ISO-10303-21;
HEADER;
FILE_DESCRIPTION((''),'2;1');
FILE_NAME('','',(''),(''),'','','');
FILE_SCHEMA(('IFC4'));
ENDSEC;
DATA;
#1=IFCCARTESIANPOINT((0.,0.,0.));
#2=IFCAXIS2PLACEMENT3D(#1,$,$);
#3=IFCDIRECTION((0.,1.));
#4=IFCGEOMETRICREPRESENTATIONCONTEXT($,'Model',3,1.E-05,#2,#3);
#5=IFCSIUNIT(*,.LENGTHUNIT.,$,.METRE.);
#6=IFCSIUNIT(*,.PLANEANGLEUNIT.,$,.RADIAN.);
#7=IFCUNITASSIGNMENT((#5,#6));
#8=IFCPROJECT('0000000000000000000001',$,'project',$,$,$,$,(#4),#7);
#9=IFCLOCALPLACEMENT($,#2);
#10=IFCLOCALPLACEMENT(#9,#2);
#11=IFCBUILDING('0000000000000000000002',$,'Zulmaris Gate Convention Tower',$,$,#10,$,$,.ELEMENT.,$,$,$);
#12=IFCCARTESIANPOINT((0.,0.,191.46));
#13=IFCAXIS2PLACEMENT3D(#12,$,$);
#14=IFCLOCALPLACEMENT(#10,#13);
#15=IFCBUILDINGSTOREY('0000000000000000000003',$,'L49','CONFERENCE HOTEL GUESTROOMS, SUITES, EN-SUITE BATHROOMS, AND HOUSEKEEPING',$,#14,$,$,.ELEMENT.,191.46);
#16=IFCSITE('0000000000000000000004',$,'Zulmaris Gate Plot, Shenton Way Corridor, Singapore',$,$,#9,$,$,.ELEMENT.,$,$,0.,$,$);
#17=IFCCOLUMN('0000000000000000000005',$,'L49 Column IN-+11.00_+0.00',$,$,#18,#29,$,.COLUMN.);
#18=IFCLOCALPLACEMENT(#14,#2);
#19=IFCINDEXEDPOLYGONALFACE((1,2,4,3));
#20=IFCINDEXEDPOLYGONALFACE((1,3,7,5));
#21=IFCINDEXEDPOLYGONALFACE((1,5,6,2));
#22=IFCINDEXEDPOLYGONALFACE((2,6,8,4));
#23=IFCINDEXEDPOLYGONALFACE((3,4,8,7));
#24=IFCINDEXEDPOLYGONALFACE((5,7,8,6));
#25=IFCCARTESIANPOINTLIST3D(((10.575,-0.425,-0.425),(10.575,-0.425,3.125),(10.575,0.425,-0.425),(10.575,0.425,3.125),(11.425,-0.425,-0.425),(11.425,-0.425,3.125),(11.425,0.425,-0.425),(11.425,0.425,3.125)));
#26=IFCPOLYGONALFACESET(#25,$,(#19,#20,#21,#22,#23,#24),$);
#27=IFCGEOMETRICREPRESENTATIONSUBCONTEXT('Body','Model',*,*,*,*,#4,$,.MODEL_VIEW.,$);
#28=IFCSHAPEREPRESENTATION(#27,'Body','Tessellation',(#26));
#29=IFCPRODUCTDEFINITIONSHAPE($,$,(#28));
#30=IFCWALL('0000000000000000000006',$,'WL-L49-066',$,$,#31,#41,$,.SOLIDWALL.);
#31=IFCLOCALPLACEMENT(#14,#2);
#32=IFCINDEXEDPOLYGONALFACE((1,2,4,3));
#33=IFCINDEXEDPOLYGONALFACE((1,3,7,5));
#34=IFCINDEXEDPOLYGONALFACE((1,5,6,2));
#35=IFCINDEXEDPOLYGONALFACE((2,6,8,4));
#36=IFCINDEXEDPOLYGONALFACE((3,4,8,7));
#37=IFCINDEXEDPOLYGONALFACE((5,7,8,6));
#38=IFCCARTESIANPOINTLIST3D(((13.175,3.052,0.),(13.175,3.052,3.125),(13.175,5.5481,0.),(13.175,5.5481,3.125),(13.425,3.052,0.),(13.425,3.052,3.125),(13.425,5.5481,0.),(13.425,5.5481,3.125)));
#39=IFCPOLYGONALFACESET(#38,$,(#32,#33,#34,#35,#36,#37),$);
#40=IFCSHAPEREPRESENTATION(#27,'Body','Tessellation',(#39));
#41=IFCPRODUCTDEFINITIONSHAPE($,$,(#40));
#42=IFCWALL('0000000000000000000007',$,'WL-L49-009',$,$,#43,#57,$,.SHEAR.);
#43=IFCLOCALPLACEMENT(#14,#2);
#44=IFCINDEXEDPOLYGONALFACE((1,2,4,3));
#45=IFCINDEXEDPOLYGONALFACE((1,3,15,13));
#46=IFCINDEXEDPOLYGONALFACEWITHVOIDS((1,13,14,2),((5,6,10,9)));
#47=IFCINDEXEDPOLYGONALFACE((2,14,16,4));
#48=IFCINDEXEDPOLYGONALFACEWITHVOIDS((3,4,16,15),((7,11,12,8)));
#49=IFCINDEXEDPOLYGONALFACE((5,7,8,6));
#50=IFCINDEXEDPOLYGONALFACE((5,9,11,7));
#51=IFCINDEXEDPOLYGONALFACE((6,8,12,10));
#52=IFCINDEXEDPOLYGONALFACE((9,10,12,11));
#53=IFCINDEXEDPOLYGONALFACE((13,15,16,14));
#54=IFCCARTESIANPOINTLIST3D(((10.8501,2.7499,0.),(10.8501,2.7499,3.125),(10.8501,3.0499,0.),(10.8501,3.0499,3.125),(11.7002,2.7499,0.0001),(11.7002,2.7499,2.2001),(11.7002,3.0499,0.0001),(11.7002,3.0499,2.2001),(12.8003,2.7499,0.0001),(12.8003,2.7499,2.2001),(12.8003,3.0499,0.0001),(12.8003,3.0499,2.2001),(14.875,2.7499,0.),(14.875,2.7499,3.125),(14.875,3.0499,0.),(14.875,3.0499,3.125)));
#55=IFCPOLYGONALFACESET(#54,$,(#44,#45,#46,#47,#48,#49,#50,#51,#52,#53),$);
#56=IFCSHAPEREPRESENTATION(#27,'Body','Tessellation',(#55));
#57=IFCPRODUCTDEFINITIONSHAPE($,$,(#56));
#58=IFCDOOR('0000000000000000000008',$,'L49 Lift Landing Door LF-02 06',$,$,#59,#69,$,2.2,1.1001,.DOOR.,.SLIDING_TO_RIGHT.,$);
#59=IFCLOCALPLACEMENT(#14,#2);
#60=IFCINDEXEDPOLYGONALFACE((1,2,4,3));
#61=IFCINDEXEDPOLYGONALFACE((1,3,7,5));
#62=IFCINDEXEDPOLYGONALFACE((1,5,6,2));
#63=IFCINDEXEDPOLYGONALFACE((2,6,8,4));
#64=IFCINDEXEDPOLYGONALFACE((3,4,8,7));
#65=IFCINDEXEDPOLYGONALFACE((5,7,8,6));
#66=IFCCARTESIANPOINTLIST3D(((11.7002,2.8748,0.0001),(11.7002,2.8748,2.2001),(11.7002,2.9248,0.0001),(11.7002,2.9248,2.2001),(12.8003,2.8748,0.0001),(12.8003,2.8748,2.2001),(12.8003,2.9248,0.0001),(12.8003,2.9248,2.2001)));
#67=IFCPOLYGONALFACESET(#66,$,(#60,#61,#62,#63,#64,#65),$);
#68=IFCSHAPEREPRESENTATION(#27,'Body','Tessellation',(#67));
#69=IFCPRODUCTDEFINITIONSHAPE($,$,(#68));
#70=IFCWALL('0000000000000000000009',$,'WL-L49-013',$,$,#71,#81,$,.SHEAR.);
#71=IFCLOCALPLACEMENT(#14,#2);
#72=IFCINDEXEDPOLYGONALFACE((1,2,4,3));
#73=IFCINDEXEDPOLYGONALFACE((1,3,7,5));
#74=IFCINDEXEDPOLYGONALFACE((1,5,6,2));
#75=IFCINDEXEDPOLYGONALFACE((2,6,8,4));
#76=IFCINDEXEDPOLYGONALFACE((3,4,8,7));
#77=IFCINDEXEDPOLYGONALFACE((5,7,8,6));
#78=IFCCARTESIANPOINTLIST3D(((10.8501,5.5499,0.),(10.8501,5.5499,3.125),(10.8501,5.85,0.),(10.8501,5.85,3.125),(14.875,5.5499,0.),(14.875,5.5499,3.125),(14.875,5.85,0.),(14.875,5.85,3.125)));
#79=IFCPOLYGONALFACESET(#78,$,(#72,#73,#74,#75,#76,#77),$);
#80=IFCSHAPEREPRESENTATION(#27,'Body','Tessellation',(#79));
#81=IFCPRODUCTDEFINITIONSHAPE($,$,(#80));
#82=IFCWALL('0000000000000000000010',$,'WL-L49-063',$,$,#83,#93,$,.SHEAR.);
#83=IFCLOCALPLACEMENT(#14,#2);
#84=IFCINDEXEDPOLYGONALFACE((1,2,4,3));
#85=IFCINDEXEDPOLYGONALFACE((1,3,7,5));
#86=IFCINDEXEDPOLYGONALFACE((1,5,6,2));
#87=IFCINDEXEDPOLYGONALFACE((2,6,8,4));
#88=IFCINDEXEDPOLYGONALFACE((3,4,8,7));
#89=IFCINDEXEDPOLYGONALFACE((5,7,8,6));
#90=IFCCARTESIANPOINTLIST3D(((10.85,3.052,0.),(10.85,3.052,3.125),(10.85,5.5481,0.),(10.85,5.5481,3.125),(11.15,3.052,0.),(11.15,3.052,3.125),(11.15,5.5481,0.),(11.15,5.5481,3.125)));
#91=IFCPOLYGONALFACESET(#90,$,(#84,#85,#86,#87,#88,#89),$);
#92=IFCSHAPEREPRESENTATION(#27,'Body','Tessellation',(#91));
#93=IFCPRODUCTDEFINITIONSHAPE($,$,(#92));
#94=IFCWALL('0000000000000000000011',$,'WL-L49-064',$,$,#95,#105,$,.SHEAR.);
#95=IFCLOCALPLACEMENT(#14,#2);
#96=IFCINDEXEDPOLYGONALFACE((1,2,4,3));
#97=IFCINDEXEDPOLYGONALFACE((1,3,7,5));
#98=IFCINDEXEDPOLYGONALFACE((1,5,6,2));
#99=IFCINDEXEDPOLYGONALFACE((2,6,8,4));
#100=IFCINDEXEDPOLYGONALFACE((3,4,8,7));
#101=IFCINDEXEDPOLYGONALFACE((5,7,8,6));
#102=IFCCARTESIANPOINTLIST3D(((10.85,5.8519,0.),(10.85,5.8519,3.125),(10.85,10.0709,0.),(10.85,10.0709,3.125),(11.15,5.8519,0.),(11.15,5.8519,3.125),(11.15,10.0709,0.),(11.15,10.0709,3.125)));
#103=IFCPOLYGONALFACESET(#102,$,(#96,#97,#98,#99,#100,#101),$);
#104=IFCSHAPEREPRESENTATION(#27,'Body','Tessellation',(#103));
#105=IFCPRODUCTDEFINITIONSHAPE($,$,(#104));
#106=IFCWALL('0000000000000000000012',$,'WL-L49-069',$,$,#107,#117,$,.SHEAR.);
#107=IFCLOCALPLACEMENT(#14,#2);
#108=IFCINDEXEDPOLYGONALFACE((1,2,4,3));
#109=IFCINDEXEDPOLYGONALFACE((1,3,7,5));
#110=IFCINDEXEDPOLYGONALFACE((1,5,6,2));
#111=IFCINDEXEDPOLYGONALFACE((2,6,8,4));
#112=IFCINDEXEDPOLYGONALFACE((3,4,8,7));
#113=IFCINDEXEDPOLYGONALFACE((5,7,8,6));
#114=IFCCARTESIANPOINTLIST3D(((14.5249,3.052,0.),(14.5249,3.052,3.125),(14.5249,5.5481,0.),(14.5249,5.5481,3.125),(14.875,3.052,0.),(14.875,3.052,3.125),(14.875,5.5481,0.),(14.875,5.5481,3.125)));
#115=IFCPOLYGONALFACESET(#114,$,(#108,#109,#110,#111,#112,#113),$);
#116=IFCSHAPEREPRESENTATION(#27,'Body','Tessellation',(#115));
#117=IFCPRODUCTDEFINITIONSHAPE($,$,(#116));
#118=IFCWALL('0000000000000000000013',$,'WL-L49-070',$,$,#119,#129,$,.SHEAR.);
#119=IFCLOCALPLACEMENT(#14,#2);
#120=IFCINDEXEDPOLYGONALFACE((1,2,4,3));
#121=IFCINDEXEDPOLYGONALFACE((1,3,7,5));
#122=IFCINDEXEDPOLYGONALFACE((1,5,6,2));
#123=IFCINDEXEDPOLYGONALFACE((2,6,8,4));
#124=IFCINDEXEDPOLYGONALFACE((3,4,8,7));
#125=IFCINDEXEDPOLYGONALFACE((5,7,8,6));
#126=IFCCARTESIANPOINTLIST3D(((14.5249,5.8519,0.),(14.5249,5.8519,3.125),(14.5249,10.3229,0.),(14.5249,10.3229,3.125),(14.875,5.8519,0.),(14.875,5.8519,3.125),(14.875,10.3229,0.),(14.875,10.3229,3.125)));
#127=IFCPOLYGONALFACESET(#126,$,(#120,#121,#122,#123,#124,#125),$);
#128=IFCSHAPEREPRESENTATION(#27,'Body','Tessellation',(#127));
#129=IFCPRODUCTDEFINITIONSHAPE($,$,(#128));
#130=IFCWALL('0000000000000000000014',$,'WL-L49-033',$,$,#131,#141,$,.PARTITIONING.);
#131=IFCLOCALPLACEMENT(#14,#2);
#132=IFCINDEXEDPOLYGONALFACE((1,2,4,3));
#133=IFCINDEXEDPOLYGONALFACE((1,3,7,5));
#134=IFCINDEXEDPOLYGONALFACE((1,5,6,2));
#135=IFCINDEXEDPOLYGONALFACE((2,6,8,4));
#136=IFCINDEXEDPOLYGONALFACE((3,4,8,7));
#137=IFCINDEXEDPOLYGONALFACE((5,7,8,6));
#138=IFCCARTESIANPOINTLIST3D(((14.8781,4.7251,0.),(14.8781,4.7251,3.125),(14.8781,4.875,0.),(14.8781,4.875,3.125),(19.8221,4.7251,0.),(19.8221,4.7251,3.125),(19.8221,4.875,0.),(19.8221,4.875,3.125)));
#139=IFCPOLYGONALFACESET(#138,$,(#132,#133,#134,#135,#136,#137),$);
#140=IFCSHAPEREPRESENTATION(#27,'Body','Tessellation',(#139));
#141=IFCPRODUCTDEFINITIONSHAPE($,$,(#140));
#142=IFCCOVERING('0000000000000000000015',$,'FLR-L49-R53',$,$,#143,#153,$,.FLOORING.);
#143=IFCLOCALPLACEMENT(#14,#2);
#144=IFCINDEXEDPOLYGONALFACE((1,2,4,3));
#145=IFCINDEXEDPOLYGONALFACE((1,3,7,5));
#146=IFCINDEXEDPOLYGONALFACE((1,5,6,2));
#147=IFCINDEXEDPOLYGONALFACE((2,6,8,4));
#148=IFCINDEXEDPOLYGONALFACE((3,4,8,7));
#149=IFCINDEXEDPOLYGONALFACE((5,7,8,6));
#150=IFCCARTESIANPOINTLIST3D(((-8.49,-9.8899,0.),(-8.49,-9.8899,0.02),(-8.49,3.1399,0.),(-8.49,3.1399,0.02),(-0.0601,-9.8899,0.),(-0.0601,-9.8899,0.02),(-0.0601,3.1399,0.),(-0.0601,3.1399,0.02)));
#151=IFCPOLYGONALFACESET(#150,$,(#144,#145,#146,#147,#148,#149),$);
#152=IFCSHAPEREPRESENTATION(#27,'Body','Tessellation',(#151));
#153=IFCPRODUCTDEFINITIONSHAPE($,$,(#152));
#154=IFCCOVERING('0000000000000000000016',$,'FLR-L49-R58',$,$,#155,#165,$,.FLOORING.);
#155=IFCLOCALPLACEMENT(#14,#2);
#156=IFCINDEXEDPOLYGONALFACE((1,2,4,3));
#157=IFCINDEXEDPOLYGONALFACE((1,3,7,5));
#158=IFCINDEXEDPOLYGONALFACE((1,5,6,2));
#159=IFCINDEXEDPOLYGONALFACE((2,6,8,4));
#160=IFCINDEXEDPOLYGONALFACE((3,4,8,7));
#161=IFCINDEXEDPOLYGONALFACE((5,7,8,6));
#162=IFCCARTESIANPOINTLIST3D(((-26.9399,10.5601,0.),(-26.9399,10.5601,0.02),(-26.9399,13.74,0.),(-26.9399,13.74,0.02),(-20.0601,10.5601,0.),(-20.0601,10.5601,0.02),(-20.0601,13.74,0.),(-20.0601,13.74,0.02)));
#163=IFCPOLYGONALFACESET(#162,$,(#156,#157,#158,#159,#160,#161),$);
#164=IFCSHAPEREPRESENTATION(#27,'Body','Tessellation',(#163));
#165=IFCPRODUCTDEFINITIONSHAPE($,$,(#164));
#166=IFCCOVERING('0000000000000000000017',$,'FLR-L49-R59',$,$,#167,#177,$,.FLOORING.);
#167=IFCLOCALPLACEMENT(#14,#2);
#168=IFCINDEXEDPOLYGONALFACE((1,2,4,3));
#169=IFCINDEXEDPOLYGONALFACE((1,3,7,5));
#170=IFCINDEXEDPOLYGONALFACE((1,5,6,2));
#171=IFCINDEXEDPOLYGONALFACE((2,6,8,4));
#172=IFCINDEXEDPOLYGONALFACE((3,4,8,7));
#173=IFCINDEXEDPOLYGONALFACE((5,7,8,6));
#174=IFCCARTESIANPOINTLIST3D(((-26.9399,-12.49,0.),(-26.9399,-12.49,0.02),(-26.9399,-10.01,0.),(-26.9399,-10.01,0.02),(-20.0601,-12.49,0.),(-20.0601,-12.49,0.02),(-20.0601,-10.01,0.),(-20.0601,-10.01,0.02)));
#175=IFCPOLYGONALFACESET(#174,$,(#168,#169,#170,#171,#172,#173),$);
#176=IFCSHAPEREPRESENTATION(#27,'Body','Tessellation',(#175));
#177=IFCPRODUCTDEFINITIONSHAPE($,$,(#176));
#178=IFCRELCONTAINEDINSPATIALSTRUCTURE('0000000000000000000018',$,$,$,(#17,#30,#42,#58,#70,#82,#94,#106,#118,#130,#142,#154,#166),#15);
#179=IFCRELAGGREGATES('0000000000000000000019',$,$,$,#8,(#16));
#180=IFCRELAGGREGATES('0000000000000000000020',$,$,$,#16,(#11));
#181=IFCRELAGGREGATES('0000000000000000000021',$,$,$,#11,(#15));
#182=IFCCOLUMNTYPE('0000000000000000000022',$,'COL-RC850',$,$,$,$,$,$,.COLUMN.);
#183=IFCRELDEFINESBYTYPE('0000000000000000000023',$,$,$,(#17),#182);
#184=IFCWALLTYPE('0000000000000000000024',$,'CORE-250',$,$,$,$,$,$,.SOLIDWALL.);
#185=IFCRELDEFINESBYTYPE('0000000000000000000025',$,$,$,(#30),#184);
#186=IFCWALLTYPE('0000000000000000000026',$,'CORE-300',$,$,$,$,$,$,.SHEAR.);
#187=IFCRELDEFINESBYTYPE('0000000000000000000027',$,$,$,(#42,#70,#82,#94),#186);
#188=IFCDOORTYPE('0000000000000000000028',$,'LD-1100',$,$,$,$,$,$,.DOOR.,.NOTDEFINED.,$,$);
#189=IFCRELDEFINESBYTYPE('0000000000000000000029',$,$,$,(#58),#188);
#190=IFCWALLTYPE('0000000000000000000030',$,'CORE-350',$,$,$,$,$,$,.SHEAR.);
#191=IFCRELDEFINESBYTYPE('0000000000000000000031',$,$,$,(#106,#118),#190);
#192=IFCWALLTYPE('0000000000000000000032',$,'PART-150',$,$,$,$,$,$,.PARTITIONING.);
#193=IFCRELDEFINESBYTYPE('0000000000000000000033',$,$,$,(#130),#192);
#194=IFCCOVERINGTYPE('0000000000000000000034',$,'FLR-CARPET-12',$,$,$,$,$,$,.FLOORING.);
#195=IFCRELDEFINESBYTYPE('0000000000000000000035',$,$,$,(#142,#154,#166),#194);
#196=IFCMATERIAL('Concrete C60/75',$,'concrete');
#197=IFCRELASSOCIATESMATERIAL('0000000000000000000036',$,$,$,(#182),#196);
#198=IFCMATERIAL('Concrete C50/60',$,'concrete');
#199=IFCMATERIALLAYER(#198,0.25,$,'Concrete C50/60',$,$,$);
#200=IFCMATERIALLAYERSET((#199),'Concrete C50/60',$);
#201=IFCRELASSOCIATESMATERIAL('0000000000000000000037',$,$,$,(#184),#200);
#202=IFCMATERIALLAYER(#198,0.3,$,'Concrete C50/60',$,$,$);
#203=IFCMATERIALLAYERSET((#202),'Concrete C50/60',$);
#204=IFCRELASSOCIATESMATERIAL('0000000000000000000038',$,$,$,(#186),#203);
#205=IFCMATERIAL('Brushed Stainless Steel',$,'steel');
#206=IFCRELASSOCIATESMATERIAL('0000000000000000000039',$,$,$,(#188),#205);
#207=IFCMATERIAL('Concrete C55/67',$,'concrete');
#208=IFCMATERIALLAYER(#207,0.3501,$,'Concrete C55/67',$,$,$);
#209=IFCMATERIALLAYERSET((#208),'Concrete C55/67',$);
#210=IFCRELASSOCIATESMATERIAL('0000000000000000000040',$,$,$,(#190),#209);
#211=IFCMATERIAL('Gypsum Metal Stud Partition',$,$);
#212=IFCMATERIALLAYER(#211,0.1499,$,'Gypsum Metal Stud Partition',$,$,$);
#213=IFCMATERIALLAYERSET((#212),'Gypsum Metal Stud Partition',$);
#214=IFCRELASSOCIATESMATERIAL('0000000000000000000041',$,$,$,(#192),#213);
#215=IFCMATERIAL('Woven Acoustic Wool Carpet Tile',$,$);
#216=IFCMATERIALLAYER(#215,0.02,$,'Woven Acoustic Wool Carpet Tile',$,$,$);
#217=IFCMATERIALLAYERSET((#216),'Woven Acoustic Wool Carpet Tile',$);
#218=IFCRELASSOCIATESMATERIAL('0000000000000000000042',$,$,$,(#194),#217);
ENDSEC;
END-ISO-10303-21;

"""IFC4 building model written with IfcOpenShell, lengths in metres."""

from ifc_helpers import new_model, si_unit, direction, frame, frame_2d, origin, origin_2d, place, context, subcontext, project, spatial, polyline, rectangle, outline, extrude, material, layer, layer_set, material_profile, profile_set, type_object, element, fill, save


model = new_model("IFC4")

# Units and contexts
model_context = context("Model", 3, precision=1e-05, world=origin(), true_north=direction((0.0, 1.0)))
body_context = subcontext(model_context, "Body", "Model", "MODEL_VIEW")
ifc_project = project(units=[si_unit("LENGTHUNIT", "METRE"), si_unit("PLANEANGLEUNIT", "RADIAN")], contexts=[model_context])

# Site, building, storey
site_placement = place(None, origin())
site = spatial("IfcSite", under=ifc_project, at=site_placement, Name="Zulmaris Gate Plot, Shenton Way Corridor, Singapore", CompositionType="ELEMENT", RefElevation=0.0)
building_placement = place(site_placement, origin())
building = spatial("IfcBuilding", under=site, at=building_placement, Name="Zulmaris Gate Convention Tower", CompositionType="ELEMENT")
storey_placement = place(building_placement, frame((0.0, 0.0, 191.46)))
storey = spatial("IfcBuildingStorey", under=building, at=storey_placement, Name="L49", Description="CONFERENCE HOTEL GUESTROOMS, SUITES, EN-SUITE BATHROOMS, AND HOUSEKEEPING", CompositionType="ELEMENT", Elevation=191.46)

# Column
ifc_material_1 = material(Name="Concrete C60/75", Category="concrete")
ifc_material_profile = material_profile(ifc_material_1, rectangle(XDim=0.8501, YDim=0.8501, at=origin_2d()), Name="RC COL 850x850")
ifc_profile_set = profile_set([ifc_material_profile], Name="Concrete C60/75")
column_type = type_object("IfcColumnType", Name="COL-RC850", PredefinedType="COLUMN", material=ifc_profile_set)
column_placement = place(storey_placement, frame((11.0, 0.0, -0.425), z_axis=(0.0, 0.0, 1.0), x_axis=(1.0, 0.0, 0.0)))
element("IfcColumn", 1, at=column_placement, inside=storey, type_object=column_type, Name="L49 Column IN-+11.00_+0.00", PredefinedType="COLUMN", context=body_context, shape_type="SweptSolid", body=[
    extrude(rectangle(XDim=0.8501, YDim=0.8501, at=origin_2d()), origin(), (0.0, 0.0, 1.0), 3.55),
])

# Wall
ifc_material_2 = material(Name="Concrete C50/60", Category="concrete")
ifc_layer_1 = layer(ifc_material_2, 0.25, Name="Concrete C50/60")
ifc_layer_set_1 = layer_set([ifc_layer_1], Name="Concrete C50/60")
wall_type_1 = type_object("IfcWallType", Name="CORE-250", PredefinedType="SOLIDWALL", material=ifc_layer_set_1)
wall_1_placement = place(storey_placement, frame((13.3, 3.052, 0.0), z_axis=(0.0, 0.0, 1.0), x_axis=(0.0, 1.0, 0.0)))
element("IfcWall", 2, at=wall_1_placement, inside=storey, type_object=wall_type_1, Name="WL-L49-066", PredefinedType="SOLIDWALL", context=body_context, shape_type="SweptSolid", body=[
    extrude(rectangle(XDim=2.4961, YDim=0.25, at=frame_2d((1.248, 0.0))), origin(), (0.0, 0.0, 1.0), 3.125),
])

# Wall, opening, door
ifc_layer_2 = layer(ifc_material_2, 0.3, Name="Concrete C50/60")
ifc_layer_set_2 = layer_set([ifc_layer_2], Name="Concrete C50/60")
wall_type_2 = type_object("IfcWallType", Name="CORE-300", PredefinedType="SHEAR", material=ifc_layer_set_2)
wall_2_placement = place(storey_placement, frame((10.8501, 2.8999, 0.0), z_axis=(0.0, 0.0, 1.0), x_axis=(1.0, 0.0, 0.0)))
wall_2 = element("IfcWall", 3, at=wall_2_placement, inside=storey, type_object=wall_type_2, Name="WL-L49-009", PredefinedType="SHEAR", context=body_context, shape_type="SweptSolid", body=[
    extrude(rectangle(XDim=4.0249, YDim=0.3, at=frame_2d((2.0125, 0.0))), origin(), (0.0, 0.0, 1.0), 3.125),
])
opening_1_placement = place(wall_2_placement, frame((0.8501, 0.0, 0.0)))
opening_1 = element("IfcOpeningElement", 4, at=opening_1_placement, cuts=wall_2, PredefinedType="OPENING", context=body_context, shape_type="SweptSolid", body=[
    extrude(rectangle(XDim=1.1001, YDim=2.2, at=frame_2d((0.55, 1.1001))), frame((0.0, 0.1602, 0.0), z_axis=(0.0, -1.0, 0.0), x_axis=(1.0, 0.0, 0.0)), (0.0, 0.0, 1.0), 0.3201),
])
ifc_material_3 = material(Name="Brushed Stainless Steel", Category="steel")
door_type_1 = type_object("IfcDoorType", Name="LD-1100", OperationType="NOTDEFINED", PredefinedType="DOOR", material=ifc_material_3)
door_1_placement = place(opening_1_placement, origin())
door_1 = element("IfcDoor", 5, at=door_1_placement, inside=storey, type_object=door_type_1, Name="L49 Lift Landing Door LF-02 06", OperationType="SLIDING_TO_RIGHT", OverallHeight=2.2, OverallWidth=1.1001, PredefinedType="DOOR", context=body_context, shape_type="SweptSolid", body=[
    extrude(rectangle(XDim=1.1001, YDim=2.2, at=frame_2d((0.55, 1.1001))), frame((0.0, 0.0249, 0.0), z_axis=(0.0, -1.0, 0.0), x_axis=(1.0, 0.0, 0.0)), (0.0, 0.0, 1.0), 0.05),
])
fill(opening_1, door_1)

# Wall
wall_3_placement = place(storey_placement, frame((10.8501, 5.7, 0.0), z_axis=(0.0, 0.0, 1.0), x_axis=(1.0, 0.0, 0.0)))
element("IfcWall", 6, at=wall_3_placement, inside=storey, type_object=wall_type_2, Name="WL-L49-013", PredefinedType="SHEAR", context=body_context, shape_type="SweptSolid", body=[
    extrude(rectangle(XDim=4.0249, YDim=0.3, at=frame_2d((2.0125, 0.0))), origin(), (0.0, 0.0, 1.0), 3.125),
])

# Walls
wall_4_placement = place(storey_placement, frame((11.0, 3.052, 0.0), z_axis=(0.0, 0.0, 1.0), x_axis=(0.0, 1.0, 0.0)))
element("IfcWall", 7, at=wall_4_placement, inside=storey, type_object=wall_type_2, Name="WL-L49-063", PredefinedType="SHEAR", context=body_context, shape_type="SweptSolid", body=[
    extrude(rectangle(XDim=2.4961, YDim=0.3, at=frame_2d((1.248, 0.0))), origin(), (0.0, 0.0, 1.0), 3.125),
])
wall_5_placement = place(storey_placement, frame((11.0, 5.8521, 0.0), z_axis=(0.0, 0.0, 1.0), x_axis=(0.0, 1.0, 0.0)))
element("IfcWall", 8, at=wall_5_placement, inside=storey, type_object=wall_type_2, Name="WL-L49-064", PredefinedType="SHEAR", context=body_context, shape_type="SweptSolid", body=[
    extrude(rectangle(XDim=4.219, YDim=0.3, at=frame_2d((2.1094, 0.0))), origin(), (0.0, 0.0, 1.0), 3.125),
])
ifc_material_4 = material(Name="Concrete C55/67", Category="concrete")
ifc_layer_3 = layer(ifc_material_4, 0.3501, Name="Concrete C55/67")
ifc_layer_set_3 = layer_set([ifc_layer_3], Name="Concrete C55/67")
wall_type_3 = type_object("IfcWallType", Name="CORE-350", PredefinedType="SHEAR", material=ifc_layer_set_3)
wall_6_placement = place(storey_placement, frame((14.7, 3.052, 0.0), z_axis=(0.0, 0.0, 1.0), x_axis=(0.0, 1.0, 0.0)))
element("IfcWall", 9, at=wall_6_placement, inside=storey, type_object=wall_type_3, Name="WL-L49-069", PredefinedType="SHEAR", context=body_context, shape_type="SweptSolid", body=[
    extrude(rectangle(XDim=2.4961, YDim=0.3501, at=frame_2d((1.248, 0.0))), origin(), (0.0, 0.0, 1.0), 3.125),
])
wall_7_placement = place(storey_placement, frame((14.7, 5.8521, 0.0), z_axis=(0.0, 0.0, 1.0), x_axis=(0.0, 1.0, 0.0)))
element("IfcWall", 10, at=wall_7_placement, inside=storey, type_object=wall_type_3, Name="WL-L49-070", PredefinedType="SHEAR", context=body_context, shape_type="SweptSolid", body=[
    extrude(rectangle(XDim=4.4709, YDim=0.3501, at=frame_2d((2.2354, 0.0))), origin(), (0.0, 0.0, 1.0), 3.125),
])
ifc_material_5 = material(Name="Gypsum Metal Stud Partition")
ifc_layer_4 = layer(ifc_material_5, 0.1499, Name="Gypsum Metal Stud Partition")
ifc_layer_set_4 = layer_set([ifc_layer_4], Name="Gypsum Metal Stud Partition")
wall_type_4 = type_object("IfcWallType", Name="PART-150", PredefinedType="PARTITIONING", material=ifc_layer_set_4)
wall_8_placement = place(storey_placement, frame((14.8779, 4.8, 0.0), z_axis=(0.0, 0.0, 1.0), x_axis=(1.0, 0.0, 0.0)))
element("IfcWall", 11, at=wall_8_placement, inside=storey, type_object=wall_type_4, Name="WL-L49-033", PredefinedType="PARTITIONING", context=body_context, shape_type="SweptSolid", body=[
    extrude(rectangle(XDim=4.9441, YDim=0.1499, at=frame_2d((2.4722, 0.0))), origin(), (0.0, 0.0, 1.0), 3.125),
])

# Coverings
ifc_material_6 = material(Name="Woven Acoustic Wool Carpet Tile")
ifc_layer_5 = layer(ifc_material_6, 0.02, Name="Woven Acoustic Wool Carpet Tile")
ifc_layer_set_5 = layer_set([ifc_layer_5], Name="Woven Acoustic Wool Carpet Tile")
covering_type_1 = type_object("IfcCoveringType", Name="FLR-CARPET-12", PredefinedType="FLOORING", material=ifc_layer_set_5)
covering_1_placement = place(storey_placement, origin())
element("IfcCovering", 12, at=covering_1_placement, inside=storey, type_object=covering_type_1, Name="FLR-L49-R53", PredefinedType="FLOORING", context=body_context, shape_type="SweptSolid", body=[
    extrude(outline(polyline([(-8.49, -9.8899), (-0.0601, -9.8899), (-0.0601, 3.1399), (-8.49, 3.1399), (-8.49, -9.8899)])), origin(), (0.0, 0.0, 1.0), 0.02),
])
covering_2_placement = place(storey_placement, origin())
element("IfcCovering", 13, at=covering_2_placement, inside=storey, type_object=covering_type_1, Name="FLR-L49-R58", PredefinedType="FLOORING", context=body_context, shape_type="SweptSolid", body=[
    extrude(outline(polyline([(-26.9399, 10.5601), (-20.0601, 10.5601), (-20.0601, 13.74), (-26.9399, 13.74), (-26.9399, 10.5601)])), origin(), (0.0, 0.0, 1.0), 0.02),
])
covering_3_placement = place(storey_placement, origin())
element("IfcCovering", 14, at=covering_3_placement, inside=storey, type_object=covering_type_1, Name="FLR-L49-R59", PredefinedType="FLOORING", context=body_context, shape_type="SweptSolid", body=[
    extrude(outline(polyline([(-26.9399, -12.49), (-20.0601, -12.49), (-20.0601, -10.01), (-26.9399, -10.01), (-26.9399, -12.49)])), origin(), (0.0, 0.0, 1.0), 0.02),
])

save(model, "model.ifc")
